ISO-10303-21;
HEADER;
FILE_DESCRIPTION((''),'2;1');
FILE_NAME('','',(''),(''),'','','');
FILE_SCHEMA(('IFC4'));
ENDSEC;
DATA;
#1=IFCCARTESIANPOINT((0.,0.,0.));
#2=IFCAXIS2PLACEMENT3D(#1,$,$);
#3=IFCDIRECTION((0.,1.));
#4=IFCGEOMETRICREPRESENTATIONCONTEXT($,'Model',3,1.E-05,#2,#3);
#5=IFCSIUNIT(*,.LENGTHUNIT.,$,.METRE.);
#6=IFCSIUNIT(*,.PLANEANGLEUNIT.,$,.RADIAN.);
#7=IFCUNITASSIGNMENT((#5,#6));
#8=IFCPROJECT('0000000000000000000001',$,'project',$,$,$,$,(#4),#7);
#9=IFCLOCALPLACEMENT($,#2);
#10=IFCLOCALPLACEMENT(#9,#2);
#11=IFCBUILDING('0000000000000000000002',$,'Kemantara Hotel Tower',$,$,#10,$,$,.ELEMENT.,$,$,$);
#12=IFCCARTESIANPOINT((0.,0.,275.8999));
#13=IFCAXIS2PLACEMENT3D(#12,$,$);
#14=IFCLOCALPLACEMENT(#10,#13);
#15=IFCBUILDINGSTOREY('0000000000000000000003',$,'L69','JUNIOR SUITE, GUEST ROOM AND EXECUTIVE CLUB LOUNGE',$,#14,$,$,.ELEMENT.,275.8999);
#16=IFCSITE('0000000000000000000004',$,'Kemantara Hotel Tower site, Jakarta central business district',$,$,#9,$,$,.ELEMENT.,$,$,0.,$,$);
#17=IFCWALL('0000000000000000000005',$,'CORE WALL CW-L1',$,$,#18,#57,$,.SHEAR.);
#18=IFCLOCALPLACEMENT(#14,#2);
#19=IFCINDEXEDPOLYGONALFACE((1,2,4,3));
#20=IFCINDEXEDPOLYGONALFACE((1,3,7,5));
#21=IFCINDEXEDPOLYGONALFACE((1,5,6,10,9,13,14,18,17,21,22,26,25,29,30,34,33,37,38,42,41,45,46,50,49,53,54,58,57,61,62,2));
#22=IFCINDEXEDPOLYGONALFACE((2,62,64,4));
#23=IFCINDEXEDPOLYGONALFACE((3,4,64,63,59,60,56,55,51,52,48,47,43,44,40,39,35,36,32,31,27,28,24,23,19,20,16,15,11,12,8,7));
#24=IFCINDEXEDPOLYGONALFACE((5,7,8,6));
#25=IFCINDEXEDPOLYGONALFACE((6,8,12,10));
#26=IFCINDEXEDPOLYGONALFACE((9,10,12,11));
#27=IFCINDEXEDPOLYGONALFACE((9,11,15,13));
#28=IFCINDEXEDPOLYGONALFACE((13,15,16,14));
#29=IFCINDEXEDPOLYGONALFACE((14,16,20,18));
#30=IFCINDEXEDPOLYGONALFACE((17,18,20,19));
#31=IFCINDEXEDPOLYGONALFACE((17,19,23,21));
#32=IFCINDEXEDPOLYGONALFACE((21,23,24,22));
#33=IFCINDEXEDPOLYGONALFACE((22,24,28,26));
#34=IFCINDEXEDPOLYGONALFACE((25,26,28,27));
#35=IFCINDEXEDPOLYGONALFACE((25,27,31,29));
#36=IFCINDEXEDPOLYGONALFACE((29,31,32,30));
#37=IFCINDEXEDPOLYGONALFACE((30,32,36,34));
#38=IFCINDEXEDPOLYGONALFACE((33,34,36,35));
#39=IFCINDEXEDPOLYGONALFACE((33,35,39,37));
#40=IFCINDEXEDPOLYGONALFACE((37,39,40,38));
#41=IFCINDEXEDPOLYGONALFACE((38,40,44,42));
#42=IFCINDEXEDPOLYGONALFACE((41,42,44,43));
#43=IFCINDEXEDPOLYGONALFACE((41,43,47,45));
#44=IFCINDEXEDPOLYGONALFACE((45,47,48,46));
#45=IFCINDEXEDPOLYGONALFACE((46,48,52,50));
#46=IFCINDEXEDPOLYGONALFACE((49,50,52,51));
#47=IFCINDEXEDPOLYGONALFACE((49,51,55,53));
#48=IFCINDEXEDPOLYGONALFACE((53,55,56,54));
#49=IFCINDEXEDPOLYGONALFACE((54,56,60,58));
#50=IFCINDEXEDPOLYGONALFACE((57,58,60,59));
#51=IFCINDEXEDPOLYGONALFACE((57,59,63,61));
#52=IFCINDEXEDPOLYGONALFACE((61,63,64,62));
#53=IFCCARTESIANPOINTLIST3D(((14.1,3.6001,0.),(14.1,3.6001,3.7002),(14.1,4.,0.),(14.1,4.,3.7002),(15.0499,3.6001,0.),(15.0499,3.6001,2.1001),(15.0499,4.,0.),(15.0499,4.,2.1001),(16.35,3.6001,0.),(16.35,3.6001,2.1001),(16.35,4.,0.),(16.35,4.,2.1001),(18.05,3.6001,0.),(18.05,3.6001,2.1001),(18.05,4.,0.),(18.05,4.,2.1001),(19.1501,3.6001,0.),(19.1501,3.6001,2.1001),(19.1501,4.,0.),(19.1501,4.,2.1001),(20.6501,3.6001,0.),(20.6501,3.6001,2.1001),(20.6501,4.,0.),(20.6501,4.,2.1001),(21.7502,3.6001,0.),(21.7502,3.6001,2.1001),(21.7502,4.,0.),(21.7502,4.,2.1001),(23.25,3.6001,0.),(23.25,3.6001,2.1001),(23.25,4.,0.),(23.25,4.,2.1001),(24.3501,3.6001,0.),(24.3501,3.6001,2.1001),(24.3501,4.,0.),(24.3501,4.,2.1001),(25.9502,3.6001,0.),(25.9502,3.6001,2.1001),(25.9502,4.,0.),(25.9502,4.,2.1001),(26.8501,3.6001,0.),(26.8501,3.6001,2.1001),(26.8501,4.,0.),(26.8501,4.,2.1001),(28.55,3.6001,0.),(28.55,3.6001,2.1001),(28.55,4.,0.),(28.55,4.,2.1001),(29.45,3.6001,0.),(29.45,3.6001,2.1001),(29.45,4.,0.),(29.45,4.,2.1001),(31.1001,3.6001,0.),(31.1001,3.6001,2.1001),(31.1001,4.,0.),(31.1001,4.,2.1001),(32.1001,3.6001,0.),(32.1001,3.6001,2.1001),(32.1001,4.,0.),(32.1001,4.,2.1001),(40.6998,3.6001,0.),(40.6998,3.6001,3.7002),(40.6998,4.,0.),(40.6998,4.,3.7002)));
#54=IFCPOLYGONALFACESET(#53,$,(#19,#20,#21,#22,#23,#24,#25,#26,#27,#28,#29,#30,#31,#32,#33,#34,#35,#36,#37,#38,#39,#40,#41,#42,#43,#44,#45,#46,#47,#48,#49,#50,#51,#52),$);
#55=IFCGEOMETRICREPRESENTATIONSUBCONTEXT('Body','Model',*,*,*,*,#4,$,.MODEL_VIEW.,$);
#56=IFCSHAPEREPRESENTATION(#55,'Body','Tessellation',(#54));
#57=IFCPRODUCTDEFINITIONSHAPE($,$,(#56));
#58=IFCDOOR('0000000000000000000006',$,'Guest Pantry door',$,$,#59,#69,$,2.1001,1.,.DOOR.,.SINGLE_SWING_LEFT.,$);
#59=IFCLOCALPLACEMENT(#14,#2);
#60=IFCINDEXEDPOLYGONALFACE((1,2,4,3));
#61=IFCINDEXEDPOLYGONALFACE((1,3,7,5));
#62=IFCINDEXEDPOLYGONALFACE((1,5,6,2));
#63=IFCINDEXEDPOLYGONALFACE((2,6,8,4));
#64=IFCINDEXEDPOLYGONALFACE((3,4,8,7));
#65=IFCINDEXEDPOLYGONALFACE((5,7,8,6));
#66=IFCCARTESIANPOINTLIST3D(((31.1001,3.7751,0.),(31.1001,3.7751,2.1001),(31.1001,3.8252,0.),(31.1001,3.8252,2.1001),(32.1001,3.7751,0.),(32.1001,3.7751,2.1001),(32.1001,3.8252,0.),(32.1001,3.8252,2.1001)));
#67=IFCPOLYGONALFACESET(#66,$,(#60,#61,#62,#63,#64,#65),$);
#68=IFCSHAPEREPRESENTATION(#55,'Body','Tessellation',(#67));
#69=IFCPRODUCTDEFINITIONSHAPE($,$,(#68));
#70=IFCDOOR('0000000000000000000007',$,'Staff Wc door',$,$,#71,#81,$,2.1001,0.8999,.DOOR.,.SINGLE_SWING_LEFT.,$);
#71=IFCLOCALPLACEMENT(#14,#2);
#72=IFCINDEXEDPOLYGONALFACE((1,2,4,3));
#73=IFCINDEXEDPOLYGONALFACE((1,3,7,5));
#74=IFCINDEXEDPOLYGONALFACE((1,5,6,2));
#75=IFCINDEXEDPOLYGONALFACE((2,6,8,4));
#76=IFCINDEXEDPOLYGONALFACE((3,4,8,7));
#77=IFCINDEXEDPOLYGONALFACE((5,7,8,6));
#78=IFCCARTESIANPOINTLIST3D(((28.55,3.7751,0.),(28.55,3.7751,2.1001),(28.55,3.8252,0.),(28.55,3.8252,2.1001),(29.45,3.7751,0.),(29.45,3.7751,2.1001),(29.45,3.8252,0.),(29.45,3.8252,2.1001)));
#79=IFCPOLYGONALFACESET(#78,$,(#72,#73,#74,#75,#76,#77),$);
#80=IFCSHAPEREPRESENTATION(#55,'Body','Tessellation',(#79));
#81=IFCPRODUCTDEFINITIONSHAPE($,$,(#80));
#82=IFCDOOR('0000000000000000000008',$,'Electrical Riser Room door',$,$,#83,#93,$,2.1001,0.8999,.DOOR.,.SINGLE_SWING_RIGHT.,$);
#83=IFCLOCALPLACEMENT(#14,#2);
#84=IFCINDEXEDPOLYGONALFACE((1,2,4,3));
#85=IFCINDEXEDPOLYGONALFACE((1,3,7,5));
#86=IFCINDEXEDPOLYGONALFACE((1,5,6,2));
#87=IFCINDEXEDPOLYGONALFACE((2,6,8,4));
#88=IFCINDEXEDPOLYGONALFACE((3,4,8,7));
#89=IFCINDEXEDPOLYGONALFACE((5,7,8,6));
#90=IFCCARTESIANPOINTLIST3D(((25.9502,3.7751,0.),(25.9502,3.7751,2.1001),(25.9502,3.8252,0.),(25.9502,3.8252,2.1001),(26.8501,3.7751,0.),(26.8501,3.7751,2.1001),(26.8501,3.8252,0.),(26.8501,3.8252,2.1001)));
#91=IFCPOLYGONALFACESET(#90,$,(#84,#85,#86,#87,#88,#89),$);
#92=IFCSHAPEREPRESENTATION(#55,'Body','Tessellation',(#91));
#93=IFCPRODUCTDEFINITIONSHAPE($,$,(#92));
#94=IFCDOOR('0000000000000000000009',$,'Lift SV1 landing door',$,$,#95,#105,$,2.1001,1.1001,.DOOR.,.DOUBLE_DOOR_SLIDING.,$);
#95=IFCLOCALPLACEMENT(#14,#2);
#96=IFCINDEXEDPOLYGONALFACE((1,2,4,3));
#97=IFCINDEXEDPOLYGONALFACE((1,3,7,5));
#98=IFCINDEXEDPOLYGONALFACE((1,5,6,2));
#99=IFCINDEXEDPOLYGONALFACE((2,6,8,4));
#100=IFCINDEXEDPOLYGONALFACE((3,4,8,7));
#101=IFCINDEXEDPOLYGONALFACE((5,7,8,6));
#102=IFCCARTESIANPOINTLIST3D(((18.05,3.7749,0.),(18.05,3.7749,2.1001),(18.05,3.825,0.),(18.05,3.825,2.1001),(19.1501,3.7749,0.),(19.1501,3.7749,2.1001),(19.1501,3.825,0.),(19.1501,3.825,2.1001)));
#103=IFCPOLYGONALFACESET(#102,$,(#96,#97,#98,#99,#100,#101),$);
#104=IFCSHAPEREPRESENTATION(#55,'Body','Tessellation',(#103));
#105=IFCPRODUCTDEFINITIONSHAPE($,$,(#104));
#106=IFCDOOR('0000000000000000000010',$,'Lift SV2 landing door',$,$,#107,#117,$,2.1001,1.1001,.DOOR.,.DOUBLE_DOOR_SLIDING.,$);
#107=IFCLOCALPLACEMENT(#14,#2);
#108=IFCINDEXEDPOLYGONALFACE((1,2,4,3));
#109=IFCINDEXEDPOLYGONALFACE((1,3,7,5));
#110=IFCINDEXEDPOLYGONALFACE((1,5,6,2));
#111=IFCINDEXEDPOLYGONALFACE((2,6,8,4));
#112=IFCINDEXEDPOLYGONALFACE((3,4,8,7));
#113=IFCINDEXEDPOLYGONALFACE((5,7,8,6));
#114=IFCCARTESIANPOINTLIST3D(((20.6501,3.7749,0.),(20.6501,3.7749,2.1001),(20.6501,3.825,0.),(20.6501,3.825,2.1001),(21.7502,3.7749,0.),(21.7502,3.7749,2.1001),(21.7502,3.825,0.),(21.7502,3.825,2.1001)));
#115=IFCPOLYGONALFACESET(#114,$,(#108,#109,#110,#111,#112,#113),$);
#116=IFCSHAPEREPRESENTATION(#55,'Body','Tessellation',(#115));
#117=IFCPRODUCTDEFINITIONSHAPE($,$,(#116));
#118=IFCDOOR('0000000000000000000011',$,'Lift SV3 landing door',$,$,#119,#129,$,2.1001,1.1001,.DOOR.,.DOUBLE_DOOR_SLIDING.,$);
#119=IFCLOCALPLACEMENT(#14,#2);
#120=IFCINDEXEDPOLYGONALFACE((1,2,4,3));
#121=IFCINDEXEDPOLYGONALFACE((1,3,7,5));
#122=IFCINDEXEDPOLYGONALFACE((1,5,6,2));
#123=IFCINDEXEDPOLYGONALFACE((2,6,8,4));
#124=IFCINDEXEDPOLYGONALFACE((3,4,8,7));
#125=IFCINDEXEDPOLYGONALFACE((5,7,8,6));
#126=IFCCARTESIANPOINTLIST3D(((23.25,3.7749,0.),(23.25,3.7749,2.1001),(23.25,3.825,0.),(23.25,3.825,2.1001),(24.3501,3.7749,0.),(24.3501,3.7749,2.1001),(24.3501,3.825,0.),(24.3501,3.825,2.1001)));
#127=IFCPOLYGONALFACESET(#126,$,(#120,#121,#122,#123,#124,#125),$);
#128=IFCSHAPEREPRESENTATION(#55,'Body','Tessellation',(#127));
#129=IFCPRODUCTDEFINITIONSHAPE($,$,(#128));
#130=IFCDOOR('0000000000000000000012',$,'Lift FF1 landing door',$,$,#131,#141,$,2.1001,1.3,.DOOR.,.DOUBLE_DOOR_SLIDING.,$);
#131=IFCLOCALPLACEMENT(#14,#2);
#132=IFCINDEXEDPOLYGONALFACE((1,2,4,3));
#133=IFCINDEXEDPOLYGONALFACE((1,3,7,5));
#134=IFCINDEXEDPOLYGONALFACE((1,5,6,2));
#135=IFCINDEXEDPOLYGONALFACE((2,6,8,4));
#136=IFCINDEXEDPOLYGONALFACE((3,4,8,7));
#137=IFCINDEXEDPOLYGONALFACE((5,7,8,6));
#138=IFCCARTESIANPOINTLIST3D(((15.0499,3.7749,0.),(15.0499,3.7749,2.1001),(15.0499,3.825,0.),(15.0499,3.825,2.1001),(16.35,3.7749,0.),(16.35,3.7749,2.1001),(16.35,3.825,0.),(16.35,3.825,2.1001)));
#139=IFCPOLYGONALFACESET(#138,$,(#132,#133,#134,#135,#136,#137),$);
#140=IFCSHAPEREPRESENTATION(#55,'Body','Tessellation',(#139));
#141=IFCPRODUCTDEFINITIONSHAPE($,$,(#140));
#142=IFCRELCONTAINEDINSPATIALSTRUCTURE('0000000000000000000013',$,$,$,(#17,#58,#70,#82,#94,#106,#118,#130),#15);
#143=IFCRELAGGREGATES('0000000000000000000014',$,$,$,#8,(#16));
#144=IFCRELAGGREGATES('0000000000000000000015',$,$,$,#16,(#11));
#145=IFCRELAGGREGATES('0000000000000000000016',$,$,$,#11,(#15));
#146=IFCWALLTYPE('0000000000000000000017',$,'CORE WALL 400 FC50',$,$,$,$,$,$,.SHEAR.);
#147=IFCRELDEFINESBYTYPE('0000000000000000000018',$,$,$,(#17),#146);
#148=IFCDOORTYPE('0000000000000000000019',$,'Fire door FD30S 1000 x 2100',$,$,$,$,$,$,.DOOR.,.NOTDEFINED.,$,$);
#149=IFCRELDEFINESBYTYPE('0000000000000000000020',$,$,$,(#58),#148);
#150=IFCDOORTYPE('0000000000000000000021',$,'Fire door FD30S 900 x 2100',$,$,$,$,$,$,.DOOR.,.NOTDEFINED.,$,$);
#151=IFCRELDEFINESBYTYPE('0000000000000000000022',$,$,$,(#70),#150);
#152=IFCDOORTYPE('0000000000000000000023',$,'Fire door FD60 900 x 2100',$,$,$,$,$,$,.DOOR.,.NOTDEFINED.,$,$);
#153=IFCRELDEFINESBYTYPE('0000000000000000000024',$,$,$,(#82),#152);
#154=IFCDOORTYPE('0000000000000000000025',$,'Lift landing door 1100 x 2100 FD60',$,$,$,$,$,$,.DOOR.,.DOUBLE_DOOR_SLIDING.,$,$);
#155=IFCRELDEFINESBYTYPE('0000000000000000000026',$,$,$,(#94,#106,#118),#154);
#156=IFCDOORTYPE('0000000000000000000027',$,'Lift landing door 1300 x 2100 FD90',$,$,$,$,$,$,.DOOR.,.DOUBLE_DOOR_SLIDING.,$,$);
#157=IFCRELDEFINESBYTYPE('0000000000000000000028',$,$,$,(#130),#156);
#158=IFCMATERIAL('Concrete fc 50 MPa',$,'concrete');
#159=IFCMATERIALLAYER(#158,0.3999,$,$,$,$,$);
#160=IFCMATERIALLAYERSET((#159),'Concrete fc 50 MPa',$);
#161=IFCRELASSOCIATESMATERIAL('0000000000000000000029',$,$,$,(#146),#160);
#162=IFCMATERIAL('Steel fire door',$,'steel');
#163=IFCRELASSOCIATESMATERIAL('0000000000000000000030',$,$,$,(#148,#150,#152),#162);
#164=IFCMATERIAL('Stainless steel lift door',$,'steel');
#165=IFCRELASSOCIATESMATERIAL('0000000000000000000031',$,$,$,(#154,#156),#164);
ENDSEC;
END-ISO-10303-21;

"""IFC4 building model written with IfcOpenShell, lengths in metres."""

from ifc_helpers import new_model, si_unit, direction, frame, frame_2d, origin, place, context, subcontext, project, spatial, rectangle, extrude, material, layer, layer_set, type_object, element, fill, save


model = new_model("IFC4")

# Units and contexts
model_context = context("Model", 3, precision=1e-05, world=origin(), true_north=direction((0.0, 1.0)))
body_context = subcontext(model_context, "Body", "Model", "MODEL_VIEW")
ifc_project = project(units=[si_unit("LENGTHUNIT", "METRE"), si_unit("PLANEANGLEUNIT", "RADIAN")], contexts=[model_context])

# Site, building, storey
site_placement = place(None, origin())
site = spatial("IfcSite", under=ifc_project, at=site_placement, Name="Kemantara Hotel Tower site, Jakarta central business district", CompositionType="ELEMENT", RefElevation=0.0)
building_placement = place(site_placement, origin())
building = spatial("IfcBuilding", under=site, at=building_placement, Name="Kemantara Hotel Tower", CompositionType="ELEMENT")
storey_placement = place(building_placement, frame((0.0, 0.0, 275.8999)))
storey = spatial("IfcBuildingStorey", under=building, at=storey_placement, Name="L69", Description="JUNIOR SUITE, GUEST ROOM AND EXECUTIVE CLUB LOUNGE", CompositionType="ELEMENT", Elevation=275.8999)

# Shared definitions
ifc_material_1 = material(Name="Concrete fc 50 MPa", Category="concrete")

# Wall, openings, doors
ifc_layer_1 = layer(ifc_material_1, 0.3999)
ifc_layer_set_1 = layer_set([ifc_layer_1], Name="Concrete fc 50 MPa")
wall_type_1 = type_object("IfcWallType", Name="CORE WALL 400 FC50", PredefinedType="SHEAR", material=ifc_layer_set_1)
wall_1_placement = place(storey_placement, frame((14.1001, 3.8, 0.0), z_axis=(0.0, 0.0, 1.0), x_axis=(1.0, 0.0, 0.0)))
wall_1 = element("IfcWall", 1, at=wall_1_placement, inside=storey, type_object=wall_type_1, Name="CORE WALL CW-L1", PredefinedType="SHEAR", context=body_context, shape_type="SweptSolid", body=[
    extrude(rectangle(XDim=26.5999, YDim=0.3999, at=frame_2d((13.2998, 0.0))), origin(), (0.0, 0.0, 1.0), 3.7002),
])
opening_1_placement = place(wall_1_placement, frame((0.95, 0.0, 0.0)))
opening_1 = element("IfcOpeningElement", 2, at=opening_1_placement, cuts=wall_1, PredefinedType="OPENING", context=body_context, shape_type="SweptSolid", body=[
    extrude(rectangle(XDim=1.3, YDim=2.1001, at=frame_2d((0.6499, 1.05))), frame((0.0, 0.21, 0.0), z_axis=(0.0, -1.0, 0.0), x_axis=(1.0, 0.0, 0.0)), (0.0, 0.0, 1.0), 0.4199),
])
opening_2_placement = place(wall_1_placement, frame((3.95, 0.0, 0.0)))
opening_2 = element("IfcOpeningElement", 3, at=opening_2_placement, cuts=wall_1, PredefinedType="OPENING", context=body_context, shape_type="SweptSolid", body=[
    extrude(rectangle(XDim=1.1001, YDim=2.1001, at=frame_2d((0.55, 1.05))), frame((0.0, 0.21, 0.0), z_axis=(0.0, -1.0, 0.0), x_axis=(1.0, 0.0, 0.0)), (0.0, 0.0, 1.0), 0.4199),
])
opening_3_placement = place(wall_1_placement, frame((6.55, 0.0, 0.0)))
opening_3 = element("IfcOpeningElement", 4, at=opening_3_placement, cuts=wall_1, PredefinedType="OPENING", context=body_context, shape_type="SweptSolid", body=[
    extrude(rectangle(XDim=1.1001, YDim=2.1001, at=frame_2d((0.55, 1.05))), frame((0.0, 0.21, 0.0), z_axis=(0.0, -1.0, 0.0), x_axis=(1.0, 0.0, 0.0)), (0.0, 0.0, 1.0), 0.4199),
])
opening_4_placement = place(wall_1_placement, frame((9.1499, 0.0, 0.0)))
opening_4 = element("IfcOpeningElement", 5, at=opening_4_placement, cuts=wall_1, PredefinedType="OPENING", context=body_context, shape_type="SweptSolid", body=[
    extrude(rectangle(XDim=1.1001, YDim=2.1001, at=frame_2d((0.55, 1.05))), frame((0.0, 0.21, 0.0), z_axis=(0.0, -1.0, 0.0), x_axis=(1.0, 0.0, 0.0)), (0.0, 0.0, 1.0), 0.4199),
])
opening_5_placement = place(wall_1_placement, frame((11.8501, 0.0, 0.0)))
opening_5 = element("IfcOpeningElement", 6, at=opening_5_placement, cuts=wall_1, PredefinedType="OPENING", context=body_context, shape_type="SweptSolid", body=[
    extrude(rectangle(XDim=0.8999, YDim=2.1001, at=frame_2d((0.45, 1.05))), frame((0.0, 0.21, 0.0), z_axis=(0.0, -1.0, 0.0), x_axis=(1.0, 0.0, 0.0)), (0.0, 0.0, 1.0), 0.4199),
])
opening_6_placement = place(wall_1_placement, frame((14.45, 0.0, 0.0)))
opening_6 = element("IfcOpeningElement", 7, at=opening_6_placement, cuts=wall_1, PredefinedType="OPENING", context=body_context, shape_type="SweptSolid", body=[
    extrude(rectangle(XDim=0.8999, YDim=2.1001, at=frame_2d((0.45, 1.05))), frame((0.0, 0.21, 0.0), z_axis=(0.0, -1.0, 0.0), x_axis=(1.0, 0.0, 0.0)), (0.0, 0.0, 1.0), 0.4199),
])
opening_7_placement = place(wall_1_placement, frame((17.0, 0.0, 0.0)))
opening_7 = element("IfcOpeningElement", 8, at=opening_7_placement, cuts=wall_1, PredefinedType="OPENING", context=body_context, shape_type="SweptSolid", body=[
    extrude(rectangle(XDim=1.0, YDim=2.1001, at=frame_2d((0.5, 1.05))), frame((0.0, 0.21, 0.0), z_axis=(0.0, -1.0, 0.0), x_axis=(1.0, 0.0, 0.0)), (0.0, 0.0, 1.0), 0.4199),
])
ifc_material_2 = material(Name="Steel fire door", Category="steel")
door_type_1 = type_object("IfcDoorType", Name="Fire door FD30S 1000 x 2100", OperationType="NOTDEFINED", PredefinedType="DOOR", material=ifc_material_2)
door_1_placement = place(opening_7_placement, frame((1.0, 0.0, 0.0), z_axis=(0.0, 0.0, 1.0), x_axis=(-1.0, 0.0, 0.0)))
door_1 = element("IfcDoor", 9, at=door_1_placement, inside=storey, type_object=door_type_1, Name="Guest Pantry door", OperationType="SINGLE_SWING_LEFT", OverallHeight=2.1001, OverallWidth=1.0, PredefinedType="DOOR", context=body_context, shape_type="SweptSolid", body=[
    extrude(rectangle(XDim=1.0, YDim=2.1001, at=frame_2d((0.5, 1.05))), frame((0.0, 0.0249, 0.0), z_axis=(0.0, -1.0, 0.0), x_axis=(1.0, 0.0, 0.0)), (0.0, 0.0, 1.0), 0.05),
])
fill(opening_7, door_1)
door_type_2 = type_object("IfcDoorType", Name="Fire door FD30S 900 x 2100", OperationType="NOTDEFINED", PredefinedType="DOOR", material=ifc_material_2)
door_2_placement = place(opening_6_placement, frame((0.8999, 0.0, 0.0), z_axis=(0.0, 0.0, 1.0), x_axis=(-1.0, 0.0, 0.0)))
door_2 = element("IfcDoor", 10, at=door_2_placement, inside=storey, type_object=door_type_2, Name="Staff Wc door", OperationType="SINGLE_SWING_LEFT", OverallHeight=2.1001, OverallWidth=0.8999, PredefinedType="DOOR", context=body_context, shape_type="SweptSolid", body=[
    extrude(rectangle(XDim=0.8999, YDim=2.1001, at=frame_2d((0.45, 1.05))), frame((0.0, 0.0249, 0.0), z_axis=(0.0, -1.0, 0.0), x_axis=(1.0, 0.0, 0.0)), (0.0, 0.0, 1.0), 0.05),
])
fill(opening_6, door_2)
door_type_3 = type_object("IfcDoorType", Name="Fire door FD60 900 x 2100", OperationType="NOTDEFINED", PredefinedType="DOOR", material=ifc_material_2)
door_3_placement = place(opening_5_placement, frame((0.8999, 0.0, 0.0), z_axis=(0.0, 0.0, 1.0), x_axis=(-1.0, 0.0, 0.0)))
door_3 = element("IfcDoor", 11, at=door_3_placement, inside=storey, type_object=door_type_3, Name="Electrical Riser Room door", OperationType="SINGLE_SWING_RIGHT", OverallHeight=2.1001, OverallWidth=0.8999, PredefinedType="DOOR", context=body_context, shape_type="SweptSolid", body=[
    extrude(rectangle(XDim=0.8999, YDim=2.1001, at=frame_2d((0.45, 1.05))), frame((0.0, 0.0249, 0.0), z_axis=(0.0, -1.0, 0.0), x_axis=(1.0, 0.0, 0.0)), (0.0, 0.0, 1.0), 0.05),
])
fill(opening_5, door_3)
ifc_material_3 = material(Name="Stainless steel lift door", Category="steel")
door_type_4 = type_object("IfcDoorType", Name="Lift landing door 1100 x 2100 FD60", OperationType="DOUBLE_DOOR_SLIDING", PredefinedType="DOOR", material=ifc_material_3)
door_4_placement = place(opening_2_placement, origin())
door_4 = element("IfcDoor", 12, at=door_4_placement, inside=storey, type_object=door_type_4, Name="Lift SV1 landing door", OperationType="DOUBLE_DOOR_SLIDING", OverallHeight=2.1001, OverallWidth=1.1001, PredefinedType="DOOR", context=body_context, shape_type="SweptSolid", body=[
    extrude(rectangle(XDim=1.1001, YDim=2.1001, at=frame_2d((0.55, 1.05))), frame((0.0, 0.0249, 0.0), z_axis=(0.0, -1.0, 0.0), x_axis=(1.0, 0.0, 0.0)), (0.0, 0.0, 1.0), 0.05),
])
fill(opening_2, door_4)
door_5_placement = place(opening_3_placement, origin())
door_5 = element("IfcDoor", 13, at=door_5_placement, inside=storey, type_object=door_type_4, Name="Lift SV2 landing door", OperationType="DOUBLE_DOOR_SLIDING", OverallHeight=2.1001, OverallWidth=1.1001, PredefinedType="DOOR", context=body_context, shape_type="SweptSolid", body=[
    extrude(rectangle(XDim=1.1001, YDim=2.1001, at=frame_2d((0.55, 1.05))), frame((0.0, 0.0249, 0.0), z_axis=(0.0, -1.0, 0.0), x_axis=(1.0, 0.0, 0.0)), (0.0, 0.0, 1.0), 0.05),
])
fill(opening_3, door_5)
door_6_placement = place(opening_4_placement, origin())
door_6 = element("IfcDoor", 14, at=door_6_placement, inside=storey, type_object=door_type_4, Name="Lift SV3 landing door", OperationType="DOUBLE_DOOR_SLIDING", OverallHeight=2.1001, OverallWidth=1.1001, PredefinedType="DOOR", context=body_context, shape_type="SweptSolid", body=[
    extrude(rectangle(XDim=1.1001, YDim=2.1001, at=frame_2d((0.55, 1.05))), frame((0.0, 0.0249, 0.0), z_axis=(0.0, -1.0, 0.0), x_axis=(1.0, 0.0, 0.0)), (0.0, 0.0, 1.0), 0.05),
])
fill(opening_4, door_6)
door_type_5 = type_object("IfcDoorType", Name="Lift landing door 1300 x 2100 FD90", OperationType="DOUBLE_DOOR_SLIDING", PredefinedType="DOOR", material=ifc_material_3)
door_7_placement = place(opening_1_placement, origin())
door_7 = element("IfcDoor", 15, at=door_7_placement, inside=storey, type_object=door_type_5, Name="Lift FF1 landing door", OperationType="DOUBLE_DOOR_SLIDING", OverallHeight=2.1001, OverallWidth=1.3, PredefinedType="DOOR", context=body_context, shape_type="SweptSolid", body=[
    extrude(rectangle(XDim=1.3, YDim=2.1001, at=frame_2d((0.6499, 1.05))), frame((0.0, 0.0249, 0.0), z_axis=(0.0, -1.0, 0.0), x_axis=(1.0, 0.0, 0.0)), (0.0, 0.0, 1.0), 0.05),
])
fill(opening_1, door_7)

save(model, "model.ifc")
